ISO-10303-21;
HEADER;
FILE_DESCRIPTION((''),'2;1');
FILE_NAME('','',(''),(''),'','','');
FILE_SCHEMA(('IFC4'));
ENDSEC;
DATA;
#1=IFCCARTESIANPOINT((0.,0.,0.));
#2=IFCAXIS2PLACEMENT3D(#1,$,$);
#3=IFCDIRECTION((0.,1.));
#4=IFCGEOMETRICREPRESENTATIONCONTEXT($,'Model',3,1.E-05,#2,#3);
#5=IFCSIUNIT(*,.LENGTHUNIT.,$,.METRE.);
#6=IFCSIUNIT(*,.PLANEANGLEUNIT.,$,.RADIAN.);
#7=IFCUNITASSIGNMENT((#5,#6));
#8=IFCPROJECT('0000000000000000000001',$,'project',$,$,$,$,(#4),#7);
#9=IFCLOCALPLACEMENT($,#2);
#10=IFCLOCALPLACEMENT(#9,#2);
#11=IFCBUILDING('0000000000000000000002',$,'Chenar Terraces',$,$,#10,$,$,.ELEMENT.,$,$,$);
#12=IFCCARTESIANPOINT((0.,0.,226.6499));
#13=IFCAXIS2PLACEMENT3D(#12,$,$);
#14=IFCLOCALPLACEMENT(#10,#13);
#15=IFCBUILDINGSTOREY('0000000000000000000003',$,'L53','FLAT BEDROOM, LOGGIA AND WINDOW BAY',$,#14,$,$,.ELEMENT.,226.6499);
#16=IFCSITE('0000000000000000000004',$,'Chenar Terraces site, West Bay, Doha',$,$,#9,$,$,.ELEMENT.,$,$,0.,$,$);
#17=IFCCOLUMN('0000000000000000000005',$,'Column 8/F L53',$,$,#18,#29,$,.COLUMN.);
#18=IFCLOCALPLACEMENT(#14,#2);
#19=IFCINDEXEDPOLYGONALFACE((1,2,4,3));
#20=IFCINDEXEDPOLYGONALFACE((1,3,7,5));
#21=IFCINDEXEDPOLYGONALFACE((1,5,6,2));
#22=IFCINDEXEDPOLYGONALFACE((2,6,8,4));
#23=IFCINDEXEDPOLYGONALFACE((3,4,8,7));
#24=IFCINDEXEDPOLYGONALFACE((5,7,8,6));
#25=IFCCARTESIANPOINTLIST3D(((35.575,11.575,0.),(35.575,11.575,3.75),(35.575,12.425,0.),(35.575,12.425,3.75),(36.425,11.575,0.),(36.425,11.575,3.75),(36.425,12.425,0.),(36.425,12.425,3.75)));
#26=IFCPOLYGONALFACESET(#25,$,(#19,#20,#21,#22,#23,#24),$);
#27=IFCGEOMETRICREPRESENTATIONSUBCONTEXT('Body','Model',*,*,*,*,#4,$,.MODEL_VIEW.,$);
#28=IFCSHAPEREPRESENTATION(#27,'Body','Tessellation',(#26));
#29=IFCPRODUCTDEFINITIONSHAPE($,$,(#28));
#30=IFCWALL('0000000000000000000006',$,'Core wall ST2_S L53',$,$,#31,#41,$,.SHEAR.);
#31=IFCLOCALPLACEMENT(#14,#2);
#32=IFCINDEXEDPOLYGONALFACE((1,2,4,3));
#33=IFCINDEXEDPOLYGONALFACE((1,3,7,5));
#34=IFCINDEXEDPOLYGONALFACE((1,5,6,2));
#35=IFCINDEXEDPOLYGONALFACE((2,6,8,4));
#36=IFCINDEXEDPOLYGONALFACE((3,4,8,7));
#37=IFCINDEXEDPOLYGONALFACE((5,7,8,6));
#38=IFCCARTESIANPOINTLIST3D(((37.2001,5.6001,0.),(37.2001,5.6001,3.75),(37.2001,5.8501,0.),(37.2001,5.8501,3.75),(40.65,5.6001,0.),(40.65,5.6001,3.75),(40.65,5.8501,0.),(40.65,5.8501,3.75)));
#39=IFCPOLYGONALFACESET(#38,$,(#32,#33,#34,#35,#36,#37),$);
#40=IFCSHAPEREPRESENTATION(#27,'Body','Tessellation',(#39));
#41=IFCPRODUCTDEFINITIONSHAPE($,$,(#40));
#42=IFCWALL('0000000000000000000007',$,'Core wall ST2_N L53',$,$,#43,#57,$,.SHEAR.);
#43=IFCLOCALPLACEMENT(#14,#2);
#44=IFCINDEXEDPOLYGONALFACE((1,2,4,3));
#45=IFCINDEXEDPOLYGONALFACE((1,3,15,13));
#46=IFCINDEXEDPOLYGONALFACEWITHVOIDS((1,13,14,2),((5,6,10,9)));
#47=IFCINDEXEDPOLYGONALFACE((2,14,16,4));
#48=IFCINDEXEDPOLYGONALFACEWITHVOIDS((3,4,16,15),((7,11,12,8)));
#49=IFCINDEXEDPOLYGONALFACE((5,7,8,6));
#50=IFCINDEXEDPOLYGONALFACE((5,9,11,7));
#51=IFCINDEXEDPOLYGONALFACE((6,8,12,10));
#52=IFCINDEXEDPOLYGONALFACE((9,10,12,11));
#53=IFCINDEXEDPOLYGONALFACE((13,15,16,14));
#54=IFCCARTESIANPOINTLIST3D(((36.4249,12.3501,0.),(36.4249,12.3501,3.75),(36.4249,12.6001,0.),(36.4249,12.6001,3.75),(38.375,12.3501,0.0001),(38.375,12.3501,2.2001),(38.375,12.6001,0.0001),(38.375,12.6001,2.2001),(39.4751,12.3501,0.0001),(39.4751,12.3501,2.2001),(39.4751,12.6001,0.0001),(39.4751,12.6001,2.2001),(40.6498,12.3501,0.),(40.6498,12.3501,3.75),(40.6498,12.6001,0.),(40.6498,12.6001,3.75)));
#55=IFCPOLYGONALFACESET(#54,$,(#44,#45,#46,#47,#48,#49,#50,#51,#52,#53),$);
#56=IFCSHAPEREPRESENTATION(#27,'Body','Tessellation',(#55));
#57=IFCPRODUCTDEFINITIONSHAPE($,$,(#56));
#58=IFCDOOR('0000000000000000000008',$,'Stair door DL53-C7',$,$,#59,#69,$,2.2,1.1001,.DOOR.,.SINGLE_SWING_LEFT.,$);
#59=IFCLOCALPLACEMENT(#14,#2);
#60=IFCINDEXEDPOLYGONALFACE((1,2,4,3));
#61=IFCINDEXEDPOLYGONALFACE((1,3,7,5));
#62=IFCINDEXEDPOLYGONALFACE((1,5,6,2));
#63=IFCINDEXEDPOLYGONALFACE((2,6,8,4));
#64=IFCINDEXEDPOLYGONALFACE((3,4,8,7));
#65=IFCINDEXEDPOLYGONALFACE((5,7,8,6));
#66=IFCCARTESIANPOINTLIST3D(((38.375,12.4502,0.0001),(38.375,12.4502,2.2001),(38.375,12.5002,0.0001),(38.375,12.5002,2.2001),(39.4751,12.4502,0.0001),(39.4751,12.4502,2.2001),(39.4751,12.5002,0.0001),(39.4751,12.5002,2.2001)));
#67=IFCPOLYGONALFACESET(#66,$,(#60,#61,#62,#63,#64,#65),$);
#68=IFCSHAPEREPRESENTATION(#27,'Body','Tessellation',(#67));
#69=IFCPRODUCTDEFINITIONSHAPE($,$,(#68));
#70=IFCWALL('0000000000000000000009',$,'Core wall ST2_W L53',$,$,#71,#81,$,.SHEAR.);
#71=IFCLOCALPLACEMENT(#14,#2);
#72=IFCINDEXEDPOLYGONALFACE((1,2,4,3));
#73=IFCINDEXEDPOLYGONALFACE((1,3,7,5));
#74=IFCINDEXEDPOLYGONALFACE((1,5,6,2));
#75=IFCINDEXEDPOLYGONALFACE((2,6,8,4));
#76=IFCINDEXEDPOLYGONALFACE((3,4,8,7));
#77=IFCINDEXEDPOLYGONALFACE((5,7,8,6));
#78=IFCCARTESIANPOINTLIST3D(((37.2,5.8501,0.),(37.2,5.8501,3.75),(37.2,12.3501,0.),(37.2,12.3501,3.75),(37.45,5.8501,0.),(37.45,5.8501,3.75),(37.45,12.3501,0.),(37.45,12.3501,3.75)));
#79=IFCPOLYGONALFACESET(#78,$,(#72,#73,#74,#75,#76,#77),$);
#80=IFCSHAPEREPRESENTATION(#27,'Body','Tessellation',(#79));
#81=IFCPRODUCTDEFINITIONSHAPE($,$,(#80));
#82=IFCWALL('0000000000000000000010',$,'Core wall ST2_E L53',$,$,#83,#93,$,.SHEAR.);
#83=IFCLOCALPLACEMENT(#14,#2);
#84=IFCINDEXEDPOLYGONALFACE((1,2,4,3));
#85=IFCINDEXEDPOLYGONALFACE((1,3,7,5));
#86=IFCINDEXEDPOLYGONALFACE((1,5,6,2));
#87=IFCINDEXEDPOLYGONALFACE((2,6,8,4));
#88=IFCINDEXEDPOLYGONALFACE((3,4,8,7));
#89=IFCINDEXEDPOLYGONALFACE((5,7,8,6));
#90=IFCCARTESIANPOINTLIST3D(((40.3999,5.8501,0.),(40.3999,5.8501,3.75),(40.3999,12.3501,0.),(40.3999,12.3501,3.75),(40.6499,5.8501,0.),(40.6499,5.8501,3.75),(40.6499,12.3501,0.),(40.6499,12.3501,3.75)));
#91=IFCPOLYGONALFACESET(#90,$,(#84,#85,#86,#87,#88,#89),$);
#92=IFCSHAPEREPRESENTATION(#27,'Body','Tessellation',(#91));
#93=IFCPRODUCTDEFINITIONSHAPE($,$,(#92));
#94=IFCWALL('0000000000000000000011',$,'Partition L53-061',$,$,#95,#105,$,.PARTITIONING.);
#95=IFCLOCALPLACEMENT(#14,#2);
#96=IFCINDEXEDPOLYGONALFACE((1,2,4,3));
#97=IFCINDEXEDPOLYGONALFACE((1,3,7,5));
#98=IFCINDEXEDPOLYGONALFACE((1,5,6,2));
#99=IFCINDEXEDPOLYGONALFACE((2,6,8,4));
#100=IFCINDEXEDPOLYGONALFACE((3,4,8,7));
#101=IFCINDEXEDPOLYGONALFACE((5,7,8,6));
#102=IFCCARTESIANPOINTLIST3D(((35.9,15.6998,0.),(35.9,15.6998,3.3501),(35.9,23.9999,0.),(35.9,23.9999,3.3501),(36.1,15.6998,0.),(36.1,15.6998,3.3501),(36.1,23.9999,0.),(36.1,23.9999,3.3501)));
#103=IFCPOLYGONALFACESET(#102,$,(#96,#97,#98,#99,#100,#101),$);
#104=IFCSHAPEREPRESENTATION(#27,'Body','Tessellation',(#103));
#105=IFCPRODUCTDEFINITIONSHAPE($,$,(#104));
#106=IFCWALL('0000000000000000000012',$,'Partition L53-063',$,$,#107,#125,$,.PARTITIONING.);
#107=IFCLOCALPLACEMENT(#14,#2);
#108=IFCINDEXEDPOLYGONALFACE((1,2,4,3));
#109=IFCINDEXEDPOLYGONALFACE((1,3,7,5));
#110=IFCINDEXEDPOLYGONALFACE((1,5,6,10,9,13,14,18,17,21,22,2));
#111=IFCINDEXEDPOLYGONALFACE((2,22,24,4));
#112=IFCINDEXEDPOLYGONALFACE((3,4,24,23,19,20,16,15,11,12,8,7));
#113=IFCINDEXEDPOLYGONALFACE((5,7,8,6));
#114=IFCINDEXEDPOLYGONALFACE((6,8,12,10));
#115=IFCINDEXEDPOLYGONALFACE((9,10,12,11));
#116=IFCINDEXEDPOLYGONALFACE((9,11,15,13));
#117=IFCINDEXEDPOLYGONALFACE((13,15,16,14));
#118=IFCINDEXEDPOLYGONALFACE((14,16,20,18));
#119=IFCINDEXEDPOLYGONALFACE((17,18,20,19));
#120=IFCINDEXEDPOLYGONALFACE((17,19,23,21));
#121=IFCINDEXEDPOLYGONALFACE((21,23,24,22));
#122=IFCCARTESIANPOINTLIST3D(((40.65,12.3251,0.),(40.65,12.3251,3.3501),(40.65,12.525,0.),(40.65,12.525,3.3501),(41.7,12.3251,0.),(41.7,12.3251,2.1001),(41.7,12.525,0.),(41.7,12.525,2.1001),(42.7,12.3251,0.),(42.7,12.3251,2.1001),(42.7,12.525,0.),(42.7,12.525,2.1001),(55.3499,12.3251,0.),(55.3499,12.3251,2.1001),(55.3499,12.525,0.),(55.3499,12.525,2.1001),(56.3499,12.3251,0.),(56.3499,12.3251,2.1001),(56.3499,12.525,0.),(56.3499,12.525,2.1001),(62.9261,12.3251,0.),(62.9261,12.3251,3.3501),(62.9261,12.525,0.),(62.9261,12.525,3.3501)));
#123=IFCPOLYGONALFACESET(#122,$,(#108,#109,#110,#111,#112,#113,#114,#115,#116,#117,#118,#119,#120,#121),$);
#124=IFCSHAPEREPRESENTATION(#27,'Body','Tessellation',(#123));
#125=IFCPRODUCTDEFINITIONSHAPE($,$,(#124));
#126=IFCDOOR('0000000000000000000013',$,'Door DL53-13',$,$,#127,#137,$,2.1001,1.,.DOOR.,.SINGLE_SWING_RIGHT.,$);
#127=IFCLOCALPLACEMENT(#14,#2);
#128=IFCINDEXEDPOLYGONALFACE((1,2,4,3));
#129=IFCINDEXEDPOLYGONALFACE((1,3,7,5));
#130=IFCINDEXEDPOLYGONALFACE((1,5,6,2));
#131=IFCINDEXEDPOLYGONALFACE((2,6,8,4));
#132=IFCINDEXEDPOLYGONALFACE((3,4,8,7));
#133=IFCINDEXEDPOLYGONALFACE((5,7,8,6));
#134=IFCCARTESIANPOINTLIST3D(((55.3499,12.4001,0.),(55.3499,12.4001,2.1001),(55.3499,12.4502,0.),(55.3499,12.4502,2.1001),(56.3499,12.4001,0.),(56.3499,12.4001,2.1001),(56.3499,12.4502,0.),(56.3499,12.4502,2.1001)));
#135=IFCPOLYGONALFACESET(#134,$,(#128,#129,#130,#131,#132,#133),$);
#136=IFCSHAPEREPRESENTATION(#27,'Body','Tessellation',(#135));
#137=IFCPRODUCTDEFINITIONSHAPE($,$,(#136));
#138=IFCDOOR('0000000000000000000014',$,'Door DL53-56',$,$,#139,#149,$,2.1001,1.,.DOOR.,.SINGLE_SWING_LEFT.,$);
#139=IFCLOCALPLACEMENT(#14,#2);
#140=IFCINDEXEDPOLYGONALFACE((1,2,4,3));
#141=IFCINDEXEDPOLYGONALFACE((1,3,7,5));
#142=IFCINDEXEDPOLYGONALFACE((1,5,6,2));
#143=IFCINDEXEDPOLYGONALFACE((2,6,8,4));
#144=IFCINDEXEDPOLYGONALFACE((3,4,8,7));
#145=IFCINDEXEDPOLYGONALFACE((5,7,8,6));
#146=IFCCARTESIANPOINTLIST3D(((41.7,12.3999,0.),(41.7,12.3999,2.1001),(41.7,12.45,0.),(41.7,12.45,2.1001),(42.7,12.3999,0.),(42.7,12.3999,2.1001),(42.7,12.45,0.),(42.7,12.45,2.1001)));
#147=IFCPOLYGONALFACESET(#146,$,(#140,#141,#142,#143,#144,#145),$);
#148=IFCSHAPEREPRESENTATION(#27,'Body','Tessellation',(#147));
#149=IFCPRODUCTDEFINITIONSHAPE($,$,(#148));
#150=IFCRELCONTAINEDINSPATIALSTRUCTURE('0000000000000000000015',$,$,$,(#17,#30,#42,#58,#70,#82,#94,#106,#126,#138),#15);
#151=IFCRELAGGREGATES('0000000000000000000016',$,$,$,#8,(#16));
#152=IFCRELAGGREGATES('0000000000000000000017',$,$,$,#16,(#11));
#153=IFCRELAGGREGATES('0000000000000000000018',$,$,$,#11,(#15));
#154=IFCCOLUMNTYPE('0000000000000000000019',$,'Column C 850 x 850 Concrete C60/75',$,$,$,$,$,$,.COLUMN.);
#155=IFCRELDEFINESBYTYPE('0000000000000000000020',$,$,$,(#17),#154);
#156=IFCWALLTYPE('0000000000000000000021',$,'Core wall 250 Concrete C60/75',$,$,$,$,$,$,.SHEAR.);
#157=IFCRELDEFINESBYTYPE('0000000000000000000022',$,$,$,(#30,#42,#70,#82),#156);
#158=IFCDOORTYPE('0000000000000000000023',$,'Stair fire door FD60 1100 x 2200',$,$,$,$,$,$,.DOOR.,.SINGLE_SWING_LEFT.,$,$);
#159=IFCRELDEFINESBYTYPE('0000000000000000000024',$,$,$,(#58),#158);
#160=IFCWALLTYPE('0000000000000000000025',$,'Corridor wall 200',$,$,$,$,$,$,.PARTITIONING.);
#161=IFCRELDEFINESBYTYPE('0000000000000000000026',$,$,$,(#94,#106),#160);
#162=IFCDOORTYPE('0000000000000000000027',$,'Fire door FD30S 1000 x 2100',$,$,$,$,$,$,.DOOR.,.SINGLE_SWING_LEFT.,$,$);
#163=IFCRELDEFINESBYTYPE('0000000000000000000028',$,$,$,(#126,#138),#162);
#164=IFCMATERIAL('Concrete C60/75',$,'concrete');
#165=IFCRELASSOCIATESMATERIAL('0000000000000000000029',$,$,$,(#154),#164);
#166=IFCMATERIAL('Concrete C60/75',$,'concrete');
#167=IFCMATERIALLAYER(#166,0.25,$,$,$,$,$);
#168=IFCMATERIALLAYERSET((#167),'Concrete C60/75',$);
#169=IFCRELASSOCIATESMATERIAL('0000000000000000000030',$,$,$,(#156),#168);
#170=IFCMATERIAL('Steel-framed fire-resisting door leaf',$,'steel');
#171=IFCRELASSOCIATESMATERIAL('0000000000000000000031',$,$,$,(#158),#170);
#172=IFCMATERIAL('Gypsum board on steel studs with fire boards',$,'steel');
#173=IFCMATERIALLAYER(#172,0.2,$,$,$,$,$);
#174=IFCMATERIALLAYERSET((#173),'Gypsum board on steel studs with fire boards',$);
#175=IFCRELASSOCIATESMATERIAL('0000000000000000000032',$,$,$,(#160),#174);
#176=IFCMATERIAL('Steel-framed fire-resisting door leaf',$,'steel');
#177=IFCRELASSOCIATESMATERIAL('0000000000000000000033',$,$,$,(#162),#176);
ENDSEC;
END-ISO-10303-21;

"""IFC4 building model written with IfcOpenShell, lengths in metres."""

from ifc_helpers import new_model, si_unit, direction, frame, frame_2d, origin, origin_2d, place, context, subcontext, project, spatial, rectangle, extrude, material, layer, layer_set, material_profile, profile_set, type_object, element, fill, save


model = new_model("IFC4")

# Units and contexts
model_context = context("Model", 3, precision=1e-05, world=origin(), true_north=direction((0.0, 1.0)))
body_context = subcontext(model_context, "Body", "Model", "MODEL_VIEW")
ifc_project = project(units=[si_unit("LENGTHUNIT", "METRE"), si_unit("PLANEANGLEUNIT", "RADIAN")], contexts=[model_context])

# Site, building, storey
site_placement = place(None, origin())
site = spatial("IfcSite", under=ifc_project, at=site_placement, Name="Chenar Terraces site, West Bay, Doha", CompositionType="ELEMENT", RefElevation=0.0)
building_placement = place(site_placement, origin())
building = spatial("IfcBuilding", under=site, at=building_placement, Name="Chenar Terraces", CompositionType="ELEMENT")
storey_placement = place(building_placement, frame((0.0, 0.0, 226.6499)))
storey = spatial("IfcBuildingStorey", under=building, at=storey_placement, Name="L53", Description="FLAT BEDROOM, LOGGIA AND WINDOW BAY", CompositionType="ELEMENT", Elevation=226.6499)

# Column
ifc_material_1 = material(Name="Concrete C60/75", Category="concrete")
ifc_material_profile_1 = material_profile(ifc_material_1, rectangle(XDim=0.8501, YDim=0.8501, at=origin_2d()), Name="C 850 x 850")
ifc_profile_set_1 = profile_set([ifc_material_profile_1], Name="Concrete C60/75")
column_type = type_object("IfcColumnType", Name="Column C 850 x 850 Concrete C60/75", PredefinedType="COLUMN", material=ifc_profile_set_1)
column_placement = place(storey_placement, frame((36.0, 12.0, 0.0), z_axis=(0.0, 0.0, 1.0), x_axis=(1.0, 0.0, 0.0)))
element("IfcColumn", 1, at=column_placement, inside=storey, type_object=column_type, Name="Column 8/F L53", PredefinedType="COLUMN", context=body_context, shape_type="SweptSolid", body=[
    extrude(rectangle(XDim=0.8501, YDim=0.8501, at=origin_2d()), origin(), (0.0, 0.0, 1.0), 3.75),
])

# Wall
ifc_material_2 = material(Name="Concrete C60/75", Category="concrete")
ifc_layer_1 = layer(ifc_material_2, 0.25)
ifc_layer_set_1 = layer_set([ifc_layer_1], Name="Concrete C60/75")
wall_type_1 = type_object("IfcWallType", Name="Core wall 250 Concrete C60/75", PredefinedType="SHEAR", material=ifc_layer_set_1)
wall_1_placement = place(storey_placement, frame((37.2, 5.7251, 0.0), z_axis=(0.0, 0.0, 1.0), x_axis=(1.0, 0.0, 0.0)))
element("IfcWall", 2, at=wall_1_placement, inside=storey, type_object=wall_type_1, Name="Core wall ST2_S L53", PredefinedType="SHEAR", context=body_context, shape_type="SweptSolid", body=[
    extrude(rectangle(XDim=3.45, YDim=0.25, at=frame_2d((1.7251, 0.0))), origin(), (0.0, 0.0, 1.0), 3.75),
])

# Wall, opening, door
wall_2_placement = place(storey_placement, frame((36.425, 12.4751, 0.0), z_axis=(0.0, 0.0, 1.0), x_axis=(1.0, 0.0, 0.0)))
wall_2 = element("IfcWall", 3, at=wall_2_placement, inside=storey, type_object=wall_type_1, Name="Core wall ST2_N L53", PredefinedType="SHEAR", context=body_context, shape_type="SweptSolid", body=[
    extrude(rectangle(XDim=4.2249, YDim=0.25, at=frame_2d((2.1123, 0.0))), origin(), (0.0, 0.0, 1.0), 3.75),
])
opening_1_placement = place(wall_2_placement, frame((1.95, 0.0, 0.0)))
opening_1 = element("IfcOpeningElement", 4, at=opening_1_placement, cuts=wall_2, PredefinedType="OPENING", context=body_context, shape_type="SweptSolid", body=[
    extrude(rectangle(XDim=1.1001, YDim=2.2, at=frame_2d((0.55, 1.1001))), frame((0.0, 0.135, 0.0), z_axis=(0.0, -1.0, 0.0), x_axis=(1.0, 0.0, 0.0)), (0.0, 0.0, 1.0), 0.27),
])
ifc_material_3 = material(Name="Steel-framed fire-resisting door leaf", Category="steel")
door_type_1 = type_object("IfcDoorType", Name="Stair fire door FD60 1100 x 2200", OperationType="SINGLE_SWING_LEFT", PredefinedType="DOOR", material=ifc_material_3)
door_1_placement = place(opening_1_placement, frame((1.1001, 0.0, 0.0), z_axis=(0.0, 0.0, 1.0), x_axis=(-1.0, 0.0, 0.0)))
door_1 = element("IfcDoor", 5, at=door_1_placement, inside=storey, type_object=door_type_1, Name="Stair door DL53-C7", OperationType="SINGLE_SWING_LEFT", OverallHeight=2.2, OverallWidth=1.1001, PredefinedType="DOOR", context=body_context, shape_type="SweptSolid", body=[
    extrude(rectangle(XDim=1.1001, YDim=2.2, at=frame_2d((0.55, 1.1001))), frame((0.0, 0.0249, 0.0), z_axis=(0.0, -1.0, 0.0), x_axis=(1.0, 0.0, 0.0)), (0.0, 0.0, 1.0), 0.05),
])
fill(opening_1, door_1)

# Walls
for number, where, z_axis, x_axis, name in (
    (6, (37.325, 5.8501, 0.0), (0.0, 0.0, 1.0), (0.0, 1.0, 0.0), "Core wall ST2_W L53"),
    (7, (40.5249, 5.8501, 0.0), (0.0, 0.0, 1.0), (0.0, 1.0, 0.0), "Core wall ST2_E L53"),
):
    element("IfcWall", number, at=place(storey_placement, frame(where, z_axis=z_axis, x_axis=x_axis)), inside=storey, type_object=wall_type_1, Name=name, PredefinedType="SHEAR", context=body_context, shape_type="SweptSolid", body=[
        extrude(rectangle(XDim=6.5, YDim=0.25, at=frame_2d((3.25, 0.0))), origin(), (0.0, 0.0, 1.0), 3.75),
    ])
ifc_material_4 = material(Name="Gypsum board on steel studs with fire boards", Category="steel")
ifc_layer_2 = layer(ifc_material_4, 0.2)
ifc_layer_set_2 = layer_set([ifc_layer_2], Name="Gypsum board on steel studs with fire boards")
wall_type_2 = type_object("IfcWallType", Name="Corridor wall 200", PredefinedType="PARTITIONING", material=ifc_layer_set_2)
wall_3_placement = place(storey_placement, frame((36.0, 15.7, 0.0), z_axis=(0.0, 0.0, 1.0), x_axis=(0.0, 1.0, 0.0)))
element("IfcWall", 8, at=wall_3_placement, inside=storey, type_object=wall_type_2, Name="Partition L53-061", PredefinedType="PARTITIONING", context=body_context, shape_type="SweptSolid", body=[
    extrude(rectangle(XDim=8.3, YDim=0.2, at=frame_2d((4.1499, 0.0))), origin(), (0.0, 0.0, 1.0), 3.3501),
])

# Wall, openings, doors
wall_4_placement = place(storey_placement, frame((40.6499, 12.425, 0.0), z_axis=(0.0, 0.0, 1.0), x_axis=(1.0, 0.0, 0.0)))
wall_4 = element("IfcWall", 9, at=wall_4_placement, inside=storey, type_object=wall_type_2, Name="Partition L53-063", PredefinedType="PARTITIONING", context=body_context, shape_type="SweptSolid", body=[
    extrude(rectangle(XDim=22.2761, YDim=0.2, at=frame_2d((11.1382, 0.0))), origin(), (0.0, 0.0, 1.0), 3.3501),
])
opening_2_placement = place(wall_4_placement, frame((14.7, 0.0, 0.0)))
opening_2 = element("IfcOpeningElement", 10, at=opening_2_placement, cuts=wall_4, PredefinedType="OPENING", context=body_context, shape_type="SweptSolid", body=[
    extrude(rectangle(XDim=1.0, YDim=2.1001, at=frame_2d((0.5, 1.05))), frame((0.0, 0.1099, 0.0), z_axis=(0.0, -1.0, 0.0), x_axis=(1.0, 0.0, 0.0)), (0.0, 0.0, 1.0), 0.22),
])
opening_3_placement = place(wall_4_placement, frame((1.05, 0.0, 0.0)))
opening_3 = element("IfcOpeningElement", 11, at=opening_3_placement, cuts=wall_4, PredefinedType="OPENING", context=body_context, shape_type="SweptSolid", body=[
    extrude(rectangle(XDim=1.0, YDim=2.1001, at=frame_2d((0.5, 1.05))), frame((0.0, 0.1099, 0.0), z_axis=(0.0, -1.0, 0.0), x_axis=(1.0, 0.0, 0.0)), (0.0, 0.0, 1.0), 0.22),
])
ifc_material_5 = material(Name="Steel-framed fire-resisting door leaf", Category="steel")
door_type_2 = type_object("IfcDoorType", Name="Fire door FD30S 1000 x 2100", OperationType="SINGLE_SWING_LEFT", PredefinedType="DOOR", material=ifc_material_5)
door_2_placement = place(opening_2_placement, frame((1.0, 0.0, 0.0), z_axis=(0.0, 0.0, 1.0), x_axis=(-1.0, 0.0, 0.0)))
door_2 = element("IfcDoor", 12, at=door_2_placement, inside=storey, type_object=door_type_2, Name="Door DL53-13", OperationType="SINGLE_SWING_RIGHT", OverallHeight=2.1001, OverallWidth=1.0, PredefinedType="DOOR", context=body_context, shape_type="SweptSolid", body=[
    extrude(rectangle(XDim=1.0, YDim=2.1001, at=frame_2d((0.5, 1.05))), frame((0.0, 0.0249, 0.0), z_axis=(0.0, -1.0, 0.0), x_axis=(1.0, 0.0, 0.0)), (0.0, 0.0, 1.0), 0.05),
])
fill(opening_2, door_2)
door_3_placement = place(opening_3_placement, origin())
door_3 = element("IfcDoor", 13, at=door_3_placement, inside=storey, type_object=door_type_2, Name="Door DL53-56", OperationType="SINGLE_SWING_LEFT", OverallHeight=2.1001, OverallWidth=1.0, PredefinedType="DOOR", context=body_context, shape_type="SweptSolid", body=[
    extrude(rectangle(XDim=1.0, YDim=2.1001, at=frame_2d((0.5, 1.05))), frame((0.0, 0.0249, 0.0), z_axis=(0.0, -1.0, 0.0), x_axis=(1.0, 0.0, 0.0)), (0.0, 0.0, 1.0), 0.05),
])
fill(opening_3, door_3)

save(model, "model.ifc")
